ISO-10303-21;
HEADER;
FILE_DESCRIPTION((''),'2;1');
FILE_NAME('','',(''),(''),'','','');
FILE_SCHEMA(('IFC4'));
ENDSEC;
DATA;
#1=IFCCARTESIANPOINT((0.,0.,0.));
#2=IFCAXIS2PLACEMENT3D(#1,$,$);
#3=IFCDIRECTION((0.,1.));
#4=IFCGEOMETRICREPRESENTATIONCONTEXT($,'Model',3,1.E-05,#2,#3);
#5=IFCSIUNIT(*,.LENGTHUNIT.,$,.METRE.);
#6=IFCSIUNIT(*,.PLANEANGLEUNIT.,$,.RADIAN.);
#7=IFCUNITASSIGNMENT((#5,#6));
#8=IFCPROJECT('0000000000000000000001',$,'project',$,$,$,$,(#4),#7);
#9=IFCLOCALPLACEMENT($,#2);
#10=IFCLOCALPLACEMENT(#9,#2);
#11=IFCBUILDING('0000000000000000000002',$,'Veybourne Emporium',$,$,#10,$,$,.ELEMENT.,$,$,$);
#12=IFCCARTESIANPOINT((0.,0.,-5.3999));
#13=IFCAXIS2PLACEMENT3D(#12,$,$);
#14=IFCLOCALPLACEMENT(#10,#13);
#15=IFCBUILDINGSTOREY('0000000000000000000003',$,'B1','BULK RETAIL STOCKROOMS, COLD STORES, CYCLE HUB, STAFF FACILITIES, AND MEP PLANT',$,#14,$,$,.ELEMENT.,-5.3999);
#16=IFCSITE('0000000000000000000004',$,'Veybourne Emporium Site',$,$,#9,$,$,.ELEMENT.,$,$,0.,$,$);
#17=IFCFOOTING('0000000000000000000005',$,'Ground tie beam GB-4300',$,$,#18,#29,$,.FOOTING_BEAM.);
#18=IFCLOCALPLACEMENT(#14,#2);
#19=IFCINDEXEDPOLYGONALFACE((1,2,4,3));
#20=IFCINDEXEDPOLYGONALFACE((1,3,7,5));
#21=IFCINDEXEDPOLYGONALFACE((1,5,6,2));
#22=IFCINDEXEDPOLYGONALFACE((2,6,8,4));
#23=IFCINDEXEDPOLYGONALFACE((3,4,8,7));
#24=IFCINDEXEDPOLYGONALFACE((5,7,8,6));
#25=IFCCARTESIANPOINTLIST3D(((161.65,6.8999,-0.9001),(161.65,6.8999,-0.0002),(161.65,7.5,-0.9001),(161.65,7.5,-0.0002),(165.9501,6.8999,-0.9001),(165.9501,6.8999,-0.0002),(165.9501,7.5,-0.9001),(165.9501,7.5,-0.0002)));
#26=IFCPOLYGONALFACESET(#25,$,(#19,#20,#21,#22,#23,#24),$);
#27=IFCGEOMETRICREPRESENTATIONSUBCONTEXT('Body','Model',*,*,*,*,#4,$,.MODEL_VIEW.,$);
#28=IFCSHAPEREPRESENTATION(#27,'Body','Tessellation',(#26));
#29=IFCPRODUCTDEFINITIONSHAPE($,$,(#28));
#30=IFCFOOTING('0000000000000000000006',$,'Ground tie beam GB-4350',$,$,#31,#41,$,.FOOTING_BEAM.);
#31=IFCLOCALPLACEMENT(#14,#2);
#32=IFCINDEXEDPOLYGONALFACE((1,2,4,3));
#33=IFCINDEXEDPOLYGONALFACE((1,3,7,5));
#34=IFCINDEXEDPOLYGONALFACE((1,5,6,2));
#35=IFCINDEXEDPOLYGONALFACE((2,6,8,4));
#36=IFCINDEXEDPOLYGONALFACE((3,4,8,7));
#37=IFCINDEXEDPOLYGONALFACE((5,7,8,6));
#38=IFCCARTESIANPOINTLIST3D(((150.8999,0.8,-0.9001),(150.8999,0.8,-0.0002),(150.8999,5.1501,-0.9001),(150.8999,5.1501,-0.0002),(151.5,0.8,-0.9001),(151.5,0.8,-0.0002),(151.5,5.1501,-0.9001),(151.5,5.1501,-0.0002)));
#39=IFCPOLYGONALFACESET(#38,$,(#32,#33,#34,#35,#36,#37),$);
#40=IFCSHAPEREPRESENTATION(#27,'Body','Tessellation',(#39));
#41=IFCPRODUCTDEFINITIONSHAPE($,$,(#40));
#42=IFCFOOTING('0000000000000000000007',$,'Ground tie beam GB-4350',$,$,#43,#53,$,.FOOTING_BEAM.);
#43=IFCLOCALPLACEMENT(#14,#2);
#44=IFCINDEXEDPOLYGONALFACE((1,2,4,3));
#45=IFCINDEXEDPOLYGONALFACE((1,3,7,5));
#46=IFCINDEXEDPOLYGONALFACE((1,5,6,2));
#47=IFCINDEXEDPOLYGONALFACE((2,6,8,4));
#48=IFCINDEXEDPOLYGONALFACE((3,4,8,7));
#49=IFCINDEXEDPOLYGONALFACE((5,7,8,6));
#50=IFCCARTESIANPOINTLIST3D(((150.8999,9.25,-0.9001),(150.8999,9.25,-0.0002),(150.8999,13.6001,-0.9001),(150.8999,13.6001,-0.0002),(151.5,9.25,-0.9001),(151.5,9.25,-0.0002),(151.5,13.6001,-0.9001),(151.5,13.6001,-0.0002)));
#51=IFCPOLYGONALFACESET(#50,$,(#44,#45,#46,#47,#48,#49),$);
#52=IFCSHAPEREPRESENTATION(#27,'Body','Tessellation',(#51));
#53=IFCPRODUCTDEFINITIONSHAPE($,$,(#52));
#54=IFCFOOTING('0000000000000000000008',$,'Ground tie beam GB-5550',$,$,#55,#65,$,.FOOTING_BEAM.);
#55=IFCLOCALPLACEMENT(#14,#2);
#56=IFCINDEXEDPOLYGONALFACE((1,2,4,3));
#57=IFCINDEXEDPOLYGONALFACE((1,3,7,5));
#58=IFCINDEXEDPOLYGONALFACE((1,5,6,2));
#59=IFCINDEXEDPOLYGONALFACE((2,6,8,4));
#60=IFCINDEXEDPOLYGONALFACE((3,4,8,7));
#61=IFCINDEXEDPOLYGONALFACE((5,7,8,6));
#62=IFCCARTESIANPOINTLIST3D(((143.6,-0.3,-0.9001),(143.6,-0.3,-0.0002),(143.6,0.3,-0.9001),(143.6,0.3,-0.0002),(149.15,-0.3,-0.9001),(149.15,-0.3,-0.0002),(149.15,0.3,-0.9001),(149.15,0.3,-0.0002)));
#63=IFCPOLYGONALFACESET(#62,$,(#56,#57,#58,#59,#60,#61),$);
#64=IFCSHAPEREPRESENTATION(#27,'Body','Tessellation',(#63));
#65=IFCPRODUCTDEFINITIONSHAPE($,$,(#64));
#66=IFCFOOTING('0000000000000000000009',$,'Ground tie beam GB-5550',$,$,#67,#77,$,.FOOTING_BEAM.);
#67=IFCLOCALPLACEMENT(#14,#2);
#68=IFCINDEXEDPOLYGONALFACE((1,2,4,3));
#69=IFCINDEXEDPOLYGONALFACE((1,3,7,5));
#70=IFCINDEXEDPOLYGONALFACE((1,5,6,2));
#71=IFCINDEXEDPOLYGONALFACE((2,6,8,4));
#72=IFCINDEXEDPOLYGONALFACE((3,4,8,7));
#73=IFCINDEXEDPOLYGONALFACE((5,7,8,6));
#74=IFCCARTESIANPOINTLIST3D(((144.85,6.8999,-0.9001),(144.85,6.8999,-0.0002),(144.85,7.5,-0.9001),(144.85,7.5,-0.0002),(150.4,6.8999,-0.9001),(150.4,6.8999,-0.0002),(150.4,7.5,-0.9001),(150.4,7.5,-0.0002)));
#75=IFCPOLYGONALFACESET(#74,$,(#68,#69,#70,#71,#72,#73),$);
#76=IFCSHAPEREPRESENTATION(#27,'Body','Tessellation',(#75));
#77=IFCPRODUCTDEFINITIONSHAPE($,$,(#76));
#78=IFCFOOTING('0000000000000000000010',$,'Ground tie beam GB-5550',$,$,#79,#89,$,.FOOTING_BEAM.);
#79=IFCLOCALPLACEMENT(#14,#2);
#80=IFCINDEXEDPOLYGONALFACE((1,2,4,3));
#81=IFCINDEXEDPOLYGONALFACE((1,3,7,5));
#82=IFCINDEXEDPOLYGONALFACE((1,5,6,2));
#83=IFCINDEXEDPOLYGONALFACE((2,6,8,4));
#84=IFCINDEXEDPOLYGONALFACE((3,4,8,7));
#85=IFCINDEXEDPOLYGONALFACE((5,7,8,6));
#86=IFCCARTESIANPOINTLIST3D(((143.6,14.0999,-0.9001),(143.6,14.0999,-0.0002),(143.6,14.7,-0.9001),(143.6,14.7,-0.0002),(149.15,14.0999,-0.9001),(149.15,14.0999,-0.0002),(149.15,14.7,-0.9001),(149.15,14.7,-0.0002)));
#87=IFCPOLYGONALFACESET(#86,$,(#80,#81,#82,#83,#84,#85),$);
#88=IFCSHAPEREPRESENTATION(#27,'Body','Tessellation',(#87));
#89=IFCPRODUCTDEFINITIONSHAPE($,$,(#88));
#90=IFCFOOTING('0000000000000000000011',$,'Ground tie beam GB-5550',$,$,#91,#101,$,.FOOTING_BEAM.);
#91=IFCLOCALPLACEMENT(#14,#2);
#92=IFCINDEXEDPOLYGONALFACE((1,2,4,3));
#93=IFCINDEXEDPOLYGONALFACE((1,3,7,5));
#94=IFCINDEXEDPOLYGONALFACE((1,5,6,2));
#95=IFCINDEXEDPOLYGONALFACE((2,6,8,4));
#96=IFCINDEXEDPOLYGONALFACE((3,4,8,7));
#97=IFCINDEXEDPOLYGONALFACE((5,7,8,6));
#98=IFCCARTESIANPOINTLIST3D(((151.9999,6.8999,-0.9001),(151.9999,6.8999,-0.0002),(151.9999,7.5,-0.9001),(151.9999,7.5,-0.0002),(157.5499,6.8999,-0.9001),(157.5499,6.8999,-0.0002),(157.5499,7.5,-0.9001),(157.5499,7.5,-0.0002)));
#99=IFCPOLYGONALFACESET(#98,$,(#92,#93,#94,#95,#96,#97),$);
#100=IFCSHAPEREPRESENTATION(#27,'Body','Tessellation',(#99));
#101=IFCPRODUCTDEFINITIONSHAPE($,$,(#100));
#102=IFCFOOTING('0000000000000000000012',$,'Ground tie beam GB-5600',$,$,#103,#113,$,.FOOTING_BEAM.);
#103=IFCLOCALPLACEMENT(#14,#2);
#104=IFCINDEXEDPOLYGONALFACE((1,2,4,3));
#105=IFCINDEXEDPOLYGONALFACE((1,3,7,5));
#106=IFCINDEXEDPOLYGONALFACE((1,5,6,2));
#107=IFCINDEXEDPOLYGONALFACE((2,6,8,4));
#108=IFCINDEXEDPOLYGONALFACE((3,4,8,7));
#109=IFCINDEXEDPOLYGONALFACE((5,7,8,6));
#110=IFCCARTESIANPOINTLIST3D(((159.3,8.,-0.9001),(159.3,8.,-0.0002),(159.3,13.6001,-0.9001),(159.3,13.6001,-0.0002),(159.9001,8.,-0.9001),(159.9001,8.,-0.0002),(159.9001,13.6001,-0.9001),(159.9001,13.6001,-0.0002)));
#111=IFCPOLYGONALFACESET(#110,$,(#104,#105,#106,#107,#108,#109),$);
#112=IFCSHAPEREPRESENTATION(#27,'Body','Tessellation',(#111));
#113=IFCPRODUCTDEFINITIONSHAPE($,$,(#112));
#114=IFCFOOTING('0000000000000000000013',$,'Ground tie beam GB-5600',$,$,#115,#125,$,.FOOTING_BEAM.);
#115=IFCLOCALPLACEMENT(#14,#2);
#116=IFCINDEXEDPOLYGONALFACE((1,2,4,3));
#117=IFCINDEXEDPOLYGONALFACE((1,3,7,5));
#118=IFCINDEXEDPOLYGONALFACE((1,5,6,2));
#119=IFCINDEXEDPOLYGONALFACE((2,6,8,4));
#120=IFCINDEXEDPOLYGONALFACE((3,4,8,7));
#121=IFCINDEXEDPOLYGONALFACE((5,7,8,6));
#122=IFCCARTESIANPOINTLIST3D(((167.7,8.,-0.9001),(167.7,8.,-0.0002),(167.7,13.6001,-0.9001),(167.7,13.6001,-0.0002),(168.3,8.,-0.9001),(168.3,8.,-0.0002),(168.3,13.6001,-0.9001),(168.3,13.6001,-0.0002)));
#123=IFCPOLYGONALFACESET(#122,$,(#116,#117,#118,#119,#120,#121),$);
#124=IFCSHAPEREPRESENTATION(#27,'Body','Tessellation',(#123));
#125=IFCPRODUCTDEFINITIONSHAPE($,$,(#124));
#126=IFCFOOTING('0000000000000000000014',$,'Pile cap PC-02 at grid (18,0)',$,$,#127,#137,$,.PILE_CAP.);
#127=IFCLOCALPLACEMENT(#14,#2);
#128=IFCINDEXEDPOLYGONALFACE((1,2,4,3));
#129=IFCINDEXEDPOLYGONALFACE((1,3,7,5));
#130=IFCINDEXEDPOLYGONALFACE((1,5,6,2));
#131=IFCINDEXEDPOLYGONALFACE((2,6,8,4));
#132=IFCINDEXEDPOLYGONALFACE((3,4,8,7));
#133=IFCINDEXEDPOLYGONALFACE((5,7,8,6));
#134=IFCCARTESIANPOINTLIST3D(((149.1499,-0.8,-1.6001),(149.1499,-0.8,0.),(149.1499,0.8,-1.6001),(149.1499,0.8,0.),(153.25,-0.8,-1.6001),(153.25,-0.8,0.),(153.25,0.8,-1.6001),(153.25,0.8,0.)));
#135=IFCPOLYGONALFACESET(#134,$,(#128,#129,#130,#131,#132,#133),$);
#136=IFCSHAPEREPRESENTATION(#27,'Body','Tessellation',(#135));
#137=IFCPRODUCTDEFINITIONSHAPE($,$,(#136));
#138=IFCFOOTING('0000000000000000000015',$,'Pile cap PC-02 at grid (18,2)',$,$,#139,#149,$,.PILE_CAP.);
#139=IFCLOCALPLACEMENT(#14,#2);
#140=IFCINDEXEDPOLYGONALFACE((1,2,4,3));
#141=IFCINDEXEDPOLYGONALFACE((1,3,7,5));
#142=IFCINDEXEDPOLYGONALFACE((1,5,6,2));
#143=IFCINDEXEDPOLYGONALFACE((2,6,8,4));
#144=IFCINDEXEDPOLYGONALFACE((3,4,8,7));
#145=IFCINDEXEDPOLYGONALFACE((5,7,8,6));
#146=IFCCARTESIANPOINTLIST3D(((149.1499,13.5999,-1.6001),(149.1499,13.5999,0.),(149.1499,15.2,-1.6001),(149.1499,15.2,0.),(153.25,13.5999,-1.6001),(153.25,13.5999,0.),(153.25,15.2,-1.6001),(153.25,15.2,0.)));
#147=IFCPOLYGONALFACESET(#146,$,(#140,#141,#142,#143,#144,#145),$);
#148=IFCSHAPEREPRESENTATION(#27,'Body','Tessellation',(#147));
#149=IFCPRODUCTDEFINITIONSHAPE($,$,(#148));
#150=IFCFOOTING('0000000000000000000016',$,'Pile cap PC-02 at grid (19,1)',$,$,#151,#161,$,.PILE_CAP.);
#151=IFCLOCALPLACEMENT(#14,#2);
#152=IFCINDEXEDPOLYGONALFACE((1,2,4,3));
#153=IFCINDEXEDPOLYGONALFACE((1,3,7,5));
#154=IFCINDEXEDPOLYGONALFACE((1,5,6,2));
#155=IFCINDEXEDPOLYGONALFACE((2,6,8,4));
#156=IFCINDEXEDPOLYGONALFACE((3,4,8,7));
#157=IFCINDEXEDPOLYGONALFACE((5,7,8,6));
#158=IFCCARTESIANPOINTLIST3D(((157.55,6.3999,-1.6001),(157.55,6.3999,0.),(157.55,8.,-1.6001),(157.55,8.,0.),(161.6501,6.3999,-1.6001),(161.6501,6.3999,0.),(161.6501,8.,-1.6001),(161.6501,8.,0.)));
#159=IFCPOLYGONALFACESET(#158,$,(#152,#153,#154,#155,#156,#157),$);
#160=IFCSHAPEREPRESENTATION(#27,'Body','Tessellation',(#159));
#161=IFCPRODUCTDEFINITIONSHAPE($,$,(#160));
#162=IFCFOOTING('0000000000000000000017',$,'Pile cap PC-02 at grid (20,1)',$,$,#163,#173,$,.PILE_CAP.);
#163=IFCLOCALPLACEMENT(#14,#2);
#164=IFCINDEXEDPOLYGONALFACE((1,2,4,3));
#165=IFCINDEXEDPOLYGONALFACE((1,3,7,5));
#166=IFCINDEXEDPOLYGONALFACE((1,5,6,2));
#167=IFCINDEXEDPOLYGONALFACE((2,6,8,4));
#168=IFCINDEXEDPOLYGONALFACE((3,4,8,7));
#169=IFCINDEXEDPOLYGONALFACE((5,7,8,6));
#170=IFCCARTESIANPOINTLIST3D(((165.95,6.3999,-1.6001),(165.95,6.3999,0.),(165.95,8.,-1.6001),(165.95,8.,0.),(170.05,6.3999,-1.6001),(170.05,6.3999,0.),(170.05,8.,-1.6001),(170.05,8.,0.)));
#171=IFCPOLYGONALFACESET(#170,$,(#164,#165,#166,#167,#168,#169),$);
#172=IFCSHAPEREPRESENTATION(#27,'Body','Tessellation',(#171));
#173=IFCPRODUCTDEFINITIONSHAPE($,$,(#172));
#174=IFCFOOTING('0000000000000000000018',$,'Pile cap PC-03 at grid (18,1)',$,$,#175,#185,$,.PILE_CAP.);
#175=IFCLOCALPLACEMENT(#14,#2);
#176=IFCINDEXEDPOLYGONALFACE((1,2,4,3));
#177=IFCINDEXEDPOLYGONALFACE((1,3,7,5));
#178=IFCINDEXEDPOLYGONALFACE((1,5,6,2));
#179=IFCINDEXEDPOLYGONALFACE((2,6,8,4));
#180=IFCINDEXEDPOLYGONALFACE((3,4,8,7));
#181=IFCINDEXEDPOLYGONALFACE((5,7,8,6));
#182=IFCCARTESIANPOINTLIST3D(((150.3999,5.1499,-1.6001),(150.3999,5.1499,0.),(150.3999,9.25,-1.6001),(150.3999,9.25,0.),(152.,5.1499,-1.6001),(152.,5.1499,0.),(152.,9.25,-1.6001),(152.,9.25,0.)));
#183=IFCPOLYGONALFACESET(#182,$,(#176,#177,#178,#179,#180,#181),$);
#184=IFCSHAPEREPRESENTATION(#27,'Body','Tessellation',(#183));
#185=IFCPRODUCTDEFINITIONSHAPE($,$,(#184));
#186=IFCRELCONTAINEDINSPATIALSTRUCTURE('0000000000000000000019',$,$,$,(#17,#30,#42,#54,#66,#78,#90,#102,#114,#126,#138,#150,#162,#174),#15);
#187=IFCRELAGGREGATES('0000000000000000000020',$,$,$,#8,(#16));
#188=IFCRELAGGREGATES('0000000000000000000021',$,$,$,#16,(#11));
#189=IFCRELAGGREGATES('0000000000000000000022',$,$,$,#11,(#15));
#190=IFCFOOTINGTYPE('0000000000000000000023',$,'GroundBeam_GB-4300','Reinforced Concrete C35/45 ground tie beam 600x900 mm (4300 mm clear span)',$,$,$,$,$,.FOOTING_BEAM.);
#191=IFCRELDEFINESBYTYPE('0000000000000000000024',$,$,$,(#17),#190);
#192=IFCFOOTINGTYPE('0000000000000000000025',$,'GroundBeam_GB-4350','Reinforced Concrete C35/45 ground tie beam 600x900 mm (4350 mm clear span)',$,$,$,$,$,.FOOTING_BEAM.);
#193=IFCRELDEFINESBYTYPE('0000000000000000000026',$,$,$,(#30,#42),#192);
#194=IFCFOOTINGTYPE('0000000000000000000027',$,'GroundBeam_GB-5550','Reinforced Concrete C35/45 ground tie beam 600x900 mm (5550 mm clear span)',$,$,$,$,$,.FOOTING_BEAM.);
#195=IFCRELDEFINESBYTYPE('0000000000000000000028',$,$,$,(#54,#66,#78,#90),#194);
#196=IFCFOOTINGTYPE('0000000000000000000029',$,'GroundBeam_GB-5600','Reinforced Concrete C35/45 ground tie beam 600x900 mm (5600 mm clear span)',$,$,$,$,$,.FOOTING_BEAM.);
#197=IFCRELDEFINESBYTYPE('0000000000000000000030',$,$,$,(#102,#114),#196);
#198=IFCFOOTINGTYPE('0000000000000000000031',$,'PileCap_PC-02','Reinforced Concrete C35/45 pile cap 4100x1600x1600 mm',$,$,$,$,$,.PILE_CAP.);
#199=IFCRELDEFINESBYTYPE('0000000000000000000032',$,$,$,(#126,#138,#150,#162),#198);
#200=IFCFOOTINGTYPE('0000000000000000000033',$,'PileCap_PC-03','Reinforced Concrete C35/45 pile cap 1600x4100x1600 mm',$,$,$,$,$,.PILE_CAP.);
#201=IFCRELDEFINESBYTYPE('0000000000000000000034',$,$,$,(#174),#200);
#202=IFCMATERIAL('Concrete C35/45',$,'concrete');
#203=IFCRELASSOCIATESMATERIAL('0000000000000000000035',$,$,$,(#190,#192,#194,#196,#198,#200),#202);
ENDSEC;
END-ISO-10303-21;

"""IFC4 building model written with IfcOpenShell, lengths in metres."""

from ifc_helpers import new_model, si_unit, direction, frame, origin, origin_2d, place, context, subcontext, project, spatial, rectangle, extrude, material, type_object, element, save


model = new_model("IFC4")

# Units and contexts
model_context = context("Model", 3, precision=1e-05, world=origin(), true_north=direction((0.0, 1.0)))
body_context = subcontext(model_context, "Body", "Model", "MODEL_VIEW")
ifc_project = project(units=[si_unit("LENGTHUNIT", "METRE"), si_unit("PLANEANGLEUNIT", "RADIAN")], contexts=[model_context])

# Site, building, storey
site_placement = place(None, origin())
site = spatial("IfcSite", under=ifc_project, at=site_placement, Name="Veybourne Emporium Site", CompositionType="ELEMENT", RefElevation=0.0)
building_placement = place(site_placement, origin())
building = spatial("IfcBuilding", under=site, at=building_placement, Name="Veybourne Emporium", CompositionType="ELEMENT")
storey_placement = place(building_placement, frame((0.0, 0.0, -5.3999)))
storey = spatial("IfcBuildingStorey", under=building, at=storey_placement, Name="B1", Description="BULK RETAIL STOCKROOMS, COLD STORES, CYCLE HUB, STAFF FACILITIES, AND MEP PLANT", CompositionType="ELEMENT", Elevation=-5.3999)

# Footings
ifc_material_1 = material(Name="Concrete C35/45", Category="concrete")
footing_type_1 = type_object("IfcFootingType", Name="GroundBeam_GB-4300", Description="Reinforced Concrete C35/45 ground tie beam 600x900 mm (4300 mm clear span)", PredefinedType="FOOTING_BEAM", material=ifc_material_1)
footing_1_placement = place(storey_placement, frame((163.8, 7.2, -0.9001), z_axis=(0.0, 0.0, 1.0), x_axis=(1.0, 0.0, 0.0)))
element("IfcFooting", 1, at=footing_1_placement, inside=storey, type_object=footing_type_1, Name="Ground tie beam GB-4300", PredefinedType="FOOTING_BEAM", context=body_context, shape_type="SweptSolid", body=[
    extrude(rectangle(XDim=4.3, YDim=0.6001, at=origin_2d()), origin(), (0.0, 0.0, 1.0), 0.8999),
])
footing_type_2 = type_object("IfcFootingType", Name="GroundBeam_GB-4350", Description="Reinforced Concrete C35/45 ground tie beam 600x900 mm (4350 mm clear span)", PredefinedType="FOOTING_BEAM", material=ifc_material_1)
for number, where, z_axis, x_axis, name in (
    (2, (151.2, 2.9751, -0.9001), (0.0, 0.0, 1.0), (0.0, 1.0, 0.0), "Ground tie beam GB-4350"),
    (3, (151.2, 11.425, -0.9001), (0.0, 0.0, 1.0), (0.0, 1.0, 0.0), "Ground tie beam GB-4350"),
):
    element("IfcFooting", number, at=place(storey_placement, frame(where, z_axis=z_axis, x_axis=x_axis)), inside=storey, type_object=footing_type_2, Name=name, PredefinedType="FOOTING_BEAM", context=body_context, shape_type="SweptSolid", body=[
        extrude(rectangle(XDim=4.3501, YDim=0.6001, at=origin_2d()), origin(), (0.0, 0.0, 1.0), 0.8999),
    ])
footing_type_3 = type_object("IfcFootingType", Name="GroundBeam_GB-5550", Description="Reinforced Concrete C35/45 ground tie beam 600x900 mm (5550 mm clear span)", PredefinedType="FOOTING_BEAM", material=ifc_material_1)
for number, where, z_axis, x_axis, name in (
    (4, (146.375, 0.0, -0.9001), (0.0, 0.0, 1.0), (1.0, 0.0, 0.0), "Ground tie beam GB-5550"),
    (5, (147.625, 7.2, -0.9001), (0.0, 0.0, 1.0), (1.0, 0.0, 0.0), "Ground tie beam GB-5550"),
    (6, (146.375, 14.3999, -0.9001), (0.0, 0.0, 1.0), (1.0, 0.0, 0.0), "Ground tie beam GB-5550"),
    (7, (154.7749, 7.2, -0.9001), (0.0, 0.0, 1.0), (1.0, 0.0, 0.0), "Ground tie beam GB-5550"),
):
    element("IfcFooting", number, at=place(storey_placement, frame(where, z_axis=z_axis, x_axis=x_axis)), inside=storey, type_object=footing_type_3, Name=name, PredefinedType="FOOTING_BEAM", context=body_context, shape_type="SweptSolid", body=[
        extrude(rectangle(XDim=5.55, YDim=0.6001, at=origin_2d()), origin(), (0.0, 0.0, 1.0), 0.8999),
    ])
footing_type_4 = type_object("IfcFootingType", Name="GroundBeam_GB-5600", Description="Reinforced Concrete C35/45 ground tie beam 600x900 mm (5600 mm clear span)", PredefinedType="FOOTING_BEAM", material=ifc_material_1)
for number, where, z_axis, x_axis, name in (
    (8, (159.6001, 10.8, -0.9001), (0.0, 0.0, 1.0), (0.0, 1.0, 0.0), "Ground tie beam GB-5600"),
    (9, (168.0, 10.8, -0.9001), (0.0, 0.0, 1.0), (0.0, 1.0, 0.0), "Ground tie beam GB-5600"),
):
    element("IfcFooting", number, at=place(storey_placement, frame(where, z_axis=z_axis, x_axis=x_axis)), inside=storey, type_object=footing_type_4, Name=name, PredefinedType="FOOTING_BEAM", context=body_context, shape_type="SweptSolid", body=[
        extrude(rectangle(XDim=5.6001, YDim=0.6001, at=origin_2d()), origin(), (0.0, 0.0, 1.0), 0.8999),
    ])
footing_type_5 = type_object("IfcFootingType", Name="PileCap_PC-02", Description="Reinforced Concrete C35/45 pile cap 4100x1600x1600 mm", PredefinedType="PILE_CAP", material=ifc_material_1)
for number, where, z_axis, x_axis, name in (
    (10, (151.2, 0.0, -1.6001), (0.0, 0.0, 1.0), (1.0, 0.0, 0.0), "Pile cap PC-02 at grid (18,0)"),
    (11, (151.2, 14.3999, -1.6001), (0.0, 0.0, 1.0), (1.0, 0.0, 0.0), "Pile cap PC-02 at grid (18,2)"),
    (12, (159.6001, 7.2, -1.6001), (0.0, 0.0, 1.0), (1.0, 0.0, 0.0), "Pile cap PC-02 at grid (19,1)"),
    (13, (168.0, 7.2, -1.6001), (0.0, 0.0, 1.0), (1.0, 0.0, 0.0), "Pile cap PC-02 at grid (20,1)"),
):
    element("IfcFooting", number, at=place(storey_placement, frame(where, z_axis=z_axis, x_axis=x_axis)), inside=storey, type_object=footing_type_5, Name=name, PredefinedType="PILE_CAP", context=body_context, shape_type="SweptSolid", body=[
        extrude(rectangle(XDim=4.1001, YDim=1.6001, at=origin_2d()), origin(), (0.0, 0.0, 1.0), 1.6001),
    ])
footing_type_6 = type_object("IfcFootingType", Name="PileCap_PC-03", Description="Reinforced Concrete C35/45 pile cap 1600x4100x1600 mm", PredefinedType="PILE_CAP", material=ifc_material_1)
footing_2_placement = place(storey_placement, frame((151.2, 7.2, -1.6001), z_axis=(0.0, 0.0, 1.0), x_axis=(1.0, 0.0, 0.0)))
element("IfcFooting", 14, at=footing_2_placement, inside=storey, type_object=footing_type_6, Name="Pile cap PC-03 at grid (18,1)", PredefinedType="PILE_CAP", context=body_context, shape_type="SweptSolid", body=[
    extrude(rectangle(XDim=1.6001, YDim=4.1001, at=origin_2d()), origin(), (0.0, 0.0, 1.0), 1.6001),
])

save(model, "model.ifc")
